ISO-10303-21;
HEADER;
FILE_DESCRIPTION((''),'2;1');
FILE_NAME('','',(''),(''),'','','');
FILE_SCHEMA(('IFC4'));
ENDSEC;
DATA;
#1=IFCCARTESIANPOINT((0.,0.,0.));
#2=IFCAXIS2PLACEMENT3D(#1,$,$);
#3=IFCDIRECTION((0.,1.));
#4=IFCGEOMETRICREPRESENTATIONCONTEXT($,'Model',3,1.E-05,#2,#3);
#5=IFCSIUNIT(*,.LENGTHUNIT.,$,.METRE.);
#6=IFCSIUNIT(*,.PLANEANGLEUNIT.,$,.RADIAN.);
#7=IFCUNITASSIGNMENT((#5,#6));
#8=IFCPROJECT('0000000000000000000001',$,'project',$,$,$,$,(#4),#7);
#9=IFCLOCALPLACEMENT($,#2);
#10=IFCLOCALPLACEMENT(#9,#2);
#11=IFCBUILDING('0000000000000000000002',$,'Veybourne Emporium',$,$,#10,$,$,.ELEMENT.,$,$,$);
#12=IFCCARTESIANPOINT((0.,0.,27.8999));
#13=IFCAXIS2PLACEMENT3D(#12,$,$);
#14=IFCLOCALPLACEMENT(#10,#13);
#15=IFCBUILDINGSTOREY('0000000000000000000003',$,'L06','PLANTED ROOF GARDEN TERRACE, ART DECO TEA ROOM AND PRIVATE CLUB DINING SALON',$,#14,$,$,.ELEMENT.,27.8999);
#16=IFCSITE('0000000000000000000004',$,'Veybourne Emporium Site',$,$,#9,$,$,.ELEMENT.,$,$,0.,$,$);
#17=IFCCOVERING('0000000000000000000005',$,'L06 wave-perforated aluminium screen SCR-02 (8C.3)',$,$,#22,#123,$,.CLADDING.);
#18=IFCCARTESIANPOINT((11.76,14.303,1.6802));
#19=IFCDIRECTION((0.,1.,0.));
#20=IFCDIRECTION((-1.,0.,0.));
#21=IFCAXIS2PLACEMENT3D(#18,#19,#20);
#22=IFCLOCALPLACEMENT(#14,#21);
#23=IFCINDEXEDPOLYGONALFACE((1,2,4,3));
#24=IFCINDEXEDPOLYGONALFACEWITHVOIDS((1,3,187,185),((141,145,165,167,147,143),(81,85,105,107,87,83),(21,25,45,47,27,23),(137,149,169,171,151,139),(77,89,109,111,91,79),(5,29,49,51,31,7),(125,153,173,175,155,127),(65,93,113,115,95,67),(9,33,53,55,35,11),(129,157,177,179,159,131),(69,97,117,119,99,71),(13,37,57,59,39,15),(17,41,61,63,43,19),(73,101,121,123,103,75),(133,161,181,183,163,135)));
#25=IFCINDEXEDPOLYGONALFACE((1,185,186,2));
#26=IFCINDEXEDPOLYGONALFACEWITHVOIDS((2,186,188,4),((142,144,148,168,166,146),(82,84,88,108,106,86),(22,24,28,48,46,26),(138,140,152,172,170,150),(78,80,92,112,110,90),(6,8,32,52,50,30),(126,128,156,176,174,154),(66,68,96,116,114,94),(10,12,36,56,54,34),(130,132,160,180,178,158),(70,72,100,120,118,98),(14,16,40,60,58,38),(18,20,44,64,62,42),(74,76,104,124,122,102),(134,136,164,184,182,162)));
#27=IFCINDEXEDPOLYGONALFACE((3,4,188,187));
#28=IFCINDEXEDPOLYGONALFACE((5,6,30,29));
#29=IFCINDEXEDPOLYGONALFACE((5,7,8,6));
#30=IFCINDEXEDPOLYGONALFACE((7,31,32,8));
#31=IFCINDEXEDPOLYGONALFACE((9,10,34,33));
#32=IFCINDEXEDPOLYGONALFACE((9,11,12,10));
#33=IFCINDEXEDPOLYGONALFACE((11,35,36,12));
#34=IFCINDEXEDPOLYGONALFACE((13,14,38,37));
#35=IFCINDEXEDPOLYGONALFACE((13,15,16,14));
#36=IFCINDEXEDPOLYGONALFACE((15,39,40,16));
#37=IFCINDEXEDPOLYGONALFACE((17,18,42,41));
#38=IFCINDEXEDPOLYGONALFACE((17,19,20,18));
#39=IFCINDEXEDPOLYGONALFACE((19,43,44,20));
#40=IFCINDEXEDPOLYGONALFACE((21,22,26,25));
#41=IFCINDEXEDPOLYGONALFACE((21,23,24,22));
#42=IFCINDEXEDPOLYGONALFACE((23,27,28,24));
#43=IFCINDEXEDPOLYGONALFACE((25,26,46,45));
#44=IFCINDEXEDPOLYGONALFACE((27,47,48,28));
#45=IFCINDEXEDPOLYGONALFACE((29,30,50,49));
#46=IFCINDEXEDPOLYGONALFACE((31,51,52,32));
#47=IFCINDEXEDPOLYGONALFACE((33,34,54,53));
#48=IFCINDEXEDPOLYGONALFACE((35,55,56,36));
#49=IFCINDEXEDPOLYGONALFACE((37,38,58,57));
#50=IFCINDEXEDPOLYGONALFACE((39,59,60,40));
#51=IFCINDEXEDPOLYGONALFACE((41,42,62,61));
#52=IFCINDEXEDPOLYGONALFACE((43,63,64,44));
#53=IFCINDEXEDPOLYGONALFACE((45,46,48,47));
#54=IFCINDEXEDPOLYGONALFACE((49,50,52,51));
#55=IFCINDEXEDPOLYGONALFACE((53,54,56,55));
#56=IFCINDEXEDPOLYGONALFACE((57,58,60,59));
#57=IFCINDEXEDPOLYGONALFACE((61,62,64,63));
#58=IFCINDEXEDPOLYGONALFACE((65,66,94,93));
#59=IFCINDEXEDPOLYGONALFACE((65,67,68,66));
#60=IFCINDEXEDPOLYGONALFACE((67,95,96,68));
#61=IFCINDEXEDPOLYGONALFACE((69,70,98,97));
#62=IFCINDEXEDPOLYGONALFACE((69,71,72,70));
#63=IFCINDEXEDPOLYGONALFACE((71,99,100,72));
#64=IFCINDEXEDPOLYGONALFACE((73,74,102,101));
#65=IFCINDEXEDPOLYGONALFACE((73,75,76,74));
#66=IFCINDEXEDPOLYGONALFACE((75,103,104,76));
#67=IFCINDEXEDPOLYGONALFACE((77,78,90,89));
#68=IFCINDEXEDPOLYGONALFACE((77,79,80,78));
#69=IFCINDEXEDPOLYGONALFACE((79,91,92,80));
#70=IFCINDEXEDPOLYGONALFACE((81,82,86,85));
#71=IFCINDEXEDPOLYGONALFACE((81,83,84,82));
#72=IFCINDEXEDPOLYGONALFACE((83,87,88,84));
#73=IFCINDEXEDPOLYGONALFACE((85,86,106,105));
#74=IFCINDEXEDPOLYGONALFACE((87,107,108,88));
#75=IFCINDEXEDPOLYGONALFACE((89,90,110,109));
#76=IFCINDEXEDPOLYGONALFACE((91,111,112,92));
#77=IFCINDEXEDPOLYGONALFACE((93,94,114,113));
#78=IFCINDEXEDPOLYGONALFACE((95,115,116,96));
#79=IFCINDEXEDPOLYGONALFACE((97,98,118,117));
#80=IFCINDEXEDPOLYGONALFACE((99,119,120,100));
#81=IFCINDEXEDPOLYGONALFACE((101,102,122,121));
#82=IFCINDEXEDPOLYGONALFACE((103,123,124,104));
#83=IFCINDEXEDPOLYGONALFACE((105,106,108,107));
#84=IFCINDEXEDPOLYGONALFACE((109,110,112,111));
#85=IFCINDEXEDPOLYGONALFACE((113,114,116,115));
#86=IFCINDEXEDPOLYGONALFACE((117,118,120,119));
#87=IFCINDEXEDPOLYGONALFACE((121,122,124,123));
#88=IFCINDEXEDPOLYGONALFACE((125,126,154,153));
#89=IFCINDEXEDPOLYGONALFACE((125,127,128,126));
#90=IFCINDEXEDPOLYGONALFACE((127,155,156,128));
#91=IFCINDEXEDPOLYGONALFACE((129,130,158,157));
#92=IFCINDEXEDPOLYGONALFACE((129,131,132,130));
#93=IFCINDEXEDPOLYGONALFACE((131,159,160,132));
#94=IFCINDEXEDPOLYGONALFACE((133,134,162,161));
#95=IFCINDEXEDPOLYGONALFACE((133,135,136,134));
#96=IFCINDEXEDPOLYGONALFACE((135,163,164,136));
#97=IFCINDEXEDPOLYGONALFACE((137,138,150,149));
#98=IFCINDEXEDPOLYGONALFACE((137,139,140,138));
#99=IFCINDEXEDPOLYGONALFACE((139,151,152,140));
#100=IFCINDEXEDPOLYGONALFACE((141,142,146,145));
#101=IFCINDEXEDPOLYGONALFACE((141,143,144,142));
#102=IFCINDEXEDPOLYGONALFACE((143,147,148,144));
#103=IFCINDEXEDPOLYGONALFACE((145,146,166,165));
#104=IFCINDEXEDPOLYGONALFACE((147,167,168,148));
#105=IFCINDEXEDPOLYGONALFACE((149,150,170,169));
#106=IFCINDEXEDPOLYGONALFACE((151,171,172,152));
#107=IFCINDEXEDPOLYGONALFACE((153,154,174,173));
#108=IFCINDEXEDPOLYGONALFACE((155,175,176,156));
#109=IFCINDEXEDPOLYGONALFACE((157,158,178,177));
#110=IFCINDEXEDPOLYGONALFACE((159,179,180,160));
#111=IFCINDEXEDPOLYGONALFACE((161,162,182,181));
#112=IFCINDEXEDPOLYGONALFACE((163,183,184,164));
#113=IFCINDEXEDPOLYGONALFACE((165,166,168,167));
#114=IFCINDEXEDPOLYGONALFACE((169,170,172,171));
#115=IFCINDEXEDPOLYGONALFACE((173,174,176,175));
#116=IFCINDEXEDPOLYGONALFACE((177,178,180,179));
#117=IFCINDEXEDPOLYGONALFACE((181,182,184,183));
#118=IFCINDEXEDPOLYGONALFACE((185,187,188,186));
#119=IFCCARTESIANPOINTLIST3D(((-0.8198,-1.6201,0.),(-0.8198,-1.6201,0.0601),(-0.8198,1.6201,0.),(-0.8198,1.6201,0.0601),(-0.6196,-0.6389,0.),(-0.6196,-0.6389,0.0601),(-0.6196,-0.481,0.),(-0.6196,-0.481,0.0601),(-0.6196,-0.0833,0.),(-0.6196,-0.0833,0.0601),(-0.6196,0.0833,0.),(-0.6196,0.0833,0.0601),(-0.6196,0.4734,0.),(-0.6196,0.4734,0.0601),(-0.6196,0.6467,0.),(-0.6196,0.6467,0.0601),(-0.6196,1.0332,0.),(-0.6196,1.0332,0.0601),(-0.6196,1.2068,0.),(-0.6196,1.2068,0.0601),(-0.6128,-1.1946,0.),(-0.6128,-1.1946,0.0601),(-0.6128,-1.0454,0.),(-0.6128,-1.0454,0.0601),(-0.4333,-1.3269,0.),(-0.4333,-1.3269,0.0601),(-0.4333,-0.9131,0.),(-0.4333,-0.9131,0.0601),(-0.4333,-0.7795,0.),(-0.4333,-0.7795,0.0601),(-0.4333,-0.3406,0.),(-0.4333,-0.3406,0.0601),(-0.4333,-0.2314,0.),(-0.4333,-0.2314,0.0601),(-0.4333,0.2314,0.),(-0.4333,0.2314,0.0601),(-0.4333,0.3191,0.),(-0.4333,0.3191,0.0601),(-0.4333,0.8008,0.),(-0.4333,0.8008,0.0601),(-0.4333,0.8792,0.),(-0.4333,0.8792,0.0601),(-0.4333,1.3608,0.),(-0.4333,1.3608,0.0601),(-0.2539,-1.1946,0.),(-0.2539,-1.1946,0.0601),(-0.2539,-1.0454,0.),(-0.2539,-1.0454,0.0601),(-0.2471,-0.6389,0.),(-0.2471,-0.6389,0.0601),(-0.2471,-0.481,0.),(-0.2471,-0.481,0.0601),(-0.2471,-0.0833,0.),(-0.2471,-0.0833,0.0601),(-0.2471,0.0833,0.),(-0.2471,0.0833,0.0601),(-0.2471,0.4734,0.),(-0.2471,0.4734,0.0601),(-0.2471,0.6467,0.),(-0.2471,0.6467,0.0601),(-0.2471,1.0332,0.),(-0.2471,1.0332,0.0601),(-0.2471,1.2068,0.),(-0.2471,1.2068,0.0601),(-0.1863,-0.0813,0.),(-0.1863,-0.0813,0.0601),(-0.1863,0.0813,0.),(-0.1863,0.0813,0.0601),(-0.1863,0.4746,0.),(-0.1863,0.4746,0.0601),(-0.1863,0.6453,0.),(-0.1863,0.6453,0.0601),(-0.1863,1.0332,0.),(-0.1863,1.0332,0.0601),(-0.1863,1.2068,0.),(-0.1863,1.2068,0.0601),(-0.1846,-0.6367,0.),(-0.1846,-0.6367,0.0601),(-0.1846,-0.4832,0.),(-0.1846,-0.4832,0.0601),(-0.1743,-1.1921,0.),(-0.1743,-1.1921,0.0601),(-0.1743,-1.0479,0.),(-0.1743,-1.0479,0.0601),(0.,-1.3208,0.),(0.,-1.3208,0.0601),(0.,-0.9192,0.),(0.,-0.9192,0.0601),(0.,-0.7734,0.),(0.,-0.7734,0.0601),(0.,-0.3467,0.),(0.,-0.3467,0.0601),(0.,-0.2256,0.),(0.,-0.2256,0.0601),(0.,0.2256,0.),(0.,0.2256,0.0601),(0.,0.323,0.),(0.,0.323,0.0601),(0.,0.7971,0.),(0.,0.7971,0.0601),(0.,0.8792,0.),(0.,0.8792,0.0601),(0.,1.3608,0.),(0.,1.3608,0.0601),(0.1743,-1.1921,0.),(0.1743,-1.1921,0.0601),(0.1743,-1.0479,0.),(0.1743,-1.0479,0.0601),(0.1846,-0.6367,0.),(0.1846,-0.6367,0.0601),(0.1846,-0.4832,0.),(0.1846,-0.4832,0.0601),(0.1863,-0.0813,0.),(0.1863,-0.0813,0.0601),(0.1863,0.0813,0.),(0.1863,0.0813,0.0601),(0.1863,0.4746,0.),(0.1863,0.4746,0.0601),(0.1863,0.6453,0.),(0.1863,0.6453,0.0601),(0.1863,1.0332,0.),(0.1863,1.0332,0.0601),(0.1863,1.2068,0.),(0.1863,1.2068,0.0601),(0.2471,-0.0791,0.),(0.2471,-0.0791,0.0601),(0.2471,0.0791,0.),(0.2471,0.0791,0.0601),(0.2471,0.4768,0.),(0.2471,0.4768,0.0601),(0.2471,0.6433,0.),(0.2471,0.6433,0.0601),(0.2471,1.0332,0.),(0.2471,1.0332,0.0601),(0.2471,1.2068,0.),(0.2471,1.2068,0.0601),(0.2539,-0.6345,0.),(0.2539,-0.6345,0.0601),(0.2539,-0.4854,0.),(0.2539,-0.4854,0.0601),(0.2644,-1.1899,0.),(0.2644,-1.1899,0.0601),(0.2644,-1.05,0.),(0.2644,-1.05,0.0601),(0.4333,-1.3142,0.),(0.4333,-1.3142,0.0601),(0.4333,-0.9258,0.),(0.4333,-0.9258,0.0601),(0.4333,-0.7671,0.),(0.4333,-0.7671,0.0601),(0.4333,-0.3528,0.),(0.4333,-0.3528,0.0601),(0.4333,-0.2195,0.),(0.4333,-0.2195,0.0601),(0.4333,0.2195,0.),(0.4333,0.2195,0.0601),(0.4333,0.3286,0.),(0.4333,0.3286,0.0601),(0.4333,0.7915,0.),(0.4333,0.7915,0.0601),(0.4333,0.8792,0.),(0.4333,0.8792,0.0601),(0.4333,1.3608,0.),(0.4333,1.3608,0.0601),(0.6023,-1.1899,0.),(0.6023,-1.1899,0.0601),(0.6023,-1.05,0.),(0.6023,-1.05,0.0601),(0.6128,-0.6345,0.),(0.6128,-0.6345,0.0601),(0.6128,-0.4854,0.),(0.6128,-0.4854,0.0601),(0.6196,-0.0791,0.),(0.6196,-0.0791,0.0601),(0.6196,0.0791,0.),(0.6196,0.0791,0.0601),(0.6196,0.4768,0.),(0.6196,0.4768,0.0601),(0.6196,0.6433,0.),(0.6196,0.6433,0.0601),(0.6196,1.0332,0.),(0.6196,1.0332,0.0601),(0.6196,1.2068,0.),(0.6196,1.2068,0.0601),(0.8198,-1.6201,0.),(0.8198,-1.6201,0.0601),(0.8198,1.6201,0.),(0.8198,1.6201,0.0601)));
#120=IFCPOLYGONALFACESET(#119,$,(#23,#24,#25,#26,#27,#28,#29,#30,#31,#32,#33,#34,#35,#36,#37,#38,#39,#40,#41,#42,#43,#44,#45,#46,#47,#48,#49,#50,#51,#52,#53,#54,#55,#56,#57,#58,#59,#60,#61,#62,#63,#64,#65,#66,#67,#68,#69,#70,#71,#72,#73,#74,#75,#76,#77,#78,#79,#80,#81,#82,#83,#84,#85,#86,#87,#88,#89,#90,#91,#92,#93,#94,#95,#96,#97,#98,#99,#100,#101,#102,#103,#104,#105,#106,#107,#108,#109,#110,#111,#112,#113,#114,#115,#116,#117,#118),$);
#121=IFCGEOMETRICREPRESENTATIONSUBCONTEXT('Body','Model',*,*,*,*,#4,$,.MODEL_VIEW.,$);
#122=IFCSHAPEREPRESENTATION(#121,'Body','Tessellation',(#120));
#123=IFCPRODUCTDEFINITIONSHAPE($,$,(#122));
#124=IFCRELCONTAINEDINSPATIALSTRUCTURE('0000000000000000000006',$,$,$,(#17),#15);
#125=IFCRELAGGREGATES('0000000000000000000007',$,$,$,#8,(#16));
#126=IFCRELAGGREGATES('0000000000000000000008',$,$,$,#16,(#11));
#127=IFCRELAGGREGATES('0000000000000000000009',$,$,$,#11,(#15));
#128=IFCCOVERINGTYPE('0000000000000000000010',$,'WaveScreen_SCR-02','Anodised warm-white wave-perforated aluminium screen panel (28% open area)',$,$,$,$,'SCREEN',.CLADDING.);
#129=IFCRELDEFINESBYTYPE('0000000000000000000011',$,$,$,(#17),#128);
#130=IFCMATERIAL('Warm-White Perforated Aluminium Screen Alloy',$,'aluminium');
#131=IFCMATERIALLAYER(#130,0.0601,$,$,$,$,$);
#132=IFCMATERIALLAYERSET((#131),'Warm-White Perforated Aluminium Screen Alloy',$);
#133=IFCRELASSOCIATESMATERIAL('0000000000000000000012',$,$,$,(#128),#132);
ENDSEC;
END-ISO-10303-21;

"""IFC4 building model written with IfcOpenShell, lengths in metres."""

from ifc_helpers import new_model, si_unit, direction, frame, origin, place, context, subcontext, project, spatial, polyline, outline, extrude, material, layer, layer_set, type_object, element, save


model = new_model("IFC4")

# Units and contexts
model_context = context("Model", 3, precision=1e-05, world=origin(), true_north=direction((0.0, 1.0)))
body_context = subcontext(model_context, "Body", "Model", "MODEL_VIEW")
ifc_project = project(units=[si_unit("LENGTHUNIT", "METRE"), si_unit("PLANEANGLEUNIT", "RADIAN")], contexts=[model_context])

# Site, building, storey
site_placement = place(None, origin())
site = spatial("IfcSite", under=ifc_project, at=site_placement, Name="Veybourne Emporium Site", CompositionType="ELEMENT", RefElevation=0.0)
building_placement = place(site_placement, origin())
building = spatial("IfcBuilding", under=site, at=building_placement, Name="Veybourne Emporium", CompositionType="ELEMENT")
storey_placement = place(building_placement, frame((0.0, 0.0, 27.8999)))
storey = spatial("IfcBuildingStorey", under=building, at=storey_placement, Name="L06", Description="PLANTED ROOF GARDEN TERRACE, ART DECO TEA ROOM AND PRIVATE CLUB DINING SALON", CompositionType="ELEMENT", Elevation=27.8999)

# Covering
ifc_material_1 = material(Name="Warm-White Perforated Aluminium Screen Alloy", Category="aluminium")
ifc_layer_1 = layer(ifc_material_1, 0.0601)
ifc_layer_set_1 = layer_set([ifc_layer_1], Name="Warm-White Perforated Aluminium Screen Alloy")
covering_type_1 = type_object("IfcCoveringType", Name="WaveScreen_SCR-02", Description="Anodised warm-white wave-perforated aluminium screen panel (28% open area)", ElementType="SCREEN", PredefinedType="CLADDING", material=ifc_layer_set_1)
covering_1_placement = place(storey_placement, frame((11.76, 14.303, 1.6802), z_axis=(0.0, 1.0, 0.0), x_axis=(-1.0, 0.0, 0.0)))
element("IfcCovering", 1, at=covering_1_placement, inside=storey, type_object=covering_type_1, Name="L06 wave-perforated aluminium screen SCR-02 (8C.3)", PredefinedType="CLADDING", context=body_context, shape_type="SweptSolid", body=[
    extrude(outline(polyline([(-0.8198, -1.6201), (0.8198, -1.6201), (0.8198, 1.6201), (-0.8198, 1.6201), (-0.8198, -1.6201)]), holes=[polyline([(-0.4333, -0.9131), (-0.2539, -1.0454), (-0.2539, -1.1946), (-0.4333, -1.3269), (-0.6128, -1.1946), (-0.6128, -1.0454), (-0.4333, -0.9131)]), polyline([(-0.4333, -0.3406), (-0.2471, -0.481), (-0.2471, -0.6389), (-0.4333, -0.7795), (-0.6196, -0.6389), (-0.6196, -0.481), (-0.4333, -0.3406)]), polyline([(-0.4333, 0.2314), (-0.2471, 0.0833), (-0.2471, -0.0833), (-0.4333, -0.2314), (-0.6196, -0.0833), (-0.6196, 0.0833), (-0.4333, 0.2314)]), polyline([(-0.4333, 0.8008), (-0.2471, 0.6467), (-0.2471, 0.4734), (-0.4333, 0.3191), (-0.6196, 0.4734), (-0.6196, 0.6467), (-0.4333, 0.8008)]), polyline([(-0.4333, 1.3608), (-0.2471, 1.2068), (-0.2471, 1.0332), (-0.4333, 0.8792), (-0.6196, 1.0332), (-0.6196, 1.2068), (-0.4333, 1.3608)]), polyline([(0.0, -0.9192), (0.1743, -1.0479), (0.1743, -1.1921), (0.0, -1.3208), (-0.1743, -1.1921), (-0.1743, -1.0479), (0.0, -0.9192)]), polyline([(0.0, -0.3467), (0.1846, -0.4832), (0.1846, -0.6367), (0.0, -0.7734), (-0.1846, -0.6367), (-0.1846, -0.4832), (0.0, -0.3467)]), polyline([(0.0, 0.2256), (0.1863, 0.0813), (0.1863, -0.0813), (0.0, -0.2256), (-0.1863, -0.0813), (-0.1863, 0.0813), (0.0, 0.2256)]), polyline([(0.0, 0.7971), (0.1863, 0.6453), (0.1863, 0.4746), (0.0, 0.323), (-0.1863, 0.4746), (-0.1863, 0.6453), (0.0, 0.7971)]), polyline([(0.0, 1.3608), (0.1863, 1.2068), (0.1863, 1.0332), (0.0, 0.8792), (-0.1863, 1.0332), (-0.1863, 1.2068), (0.0, 1.3608)]), polyline([(0.4333, -0.9258), (0.6023, -1.05), (0.6023, -1.1899), (0.4333, -1.3142), (0.2644, -1.1899), (0.2644, -1.05), (0.4333, -0.9258)]), polyline([(0.4333, -0.3528), (0.6128, -0.4854), (0.6128, -0.6345), (0.4333, -0.7671), (0.2539, -0.6345), (0.2539, -0.4854), (0.4333, -0.3528)]), polyline([(0.4333, 0.2195), (0.6196, 0.0791), (0.6196, -0.0791), (0.4333, -0.2195), (0.2471, -0.0791), (0.2471, 0.0791), (0.4333, 0.2195)]), polyline([(0.4333, 0.7915), (0.6196, 0.6433), (0.6196, 0.4768), (0.4333, 0.3286), (0.2471, 0.4768), (0.2471, 0.6433), (0.4333, 0.7915)]), polyline([(0.4333, 1.3608), (0.6196, 1.2068), (0.6196, 1.0332), (0.4333, 0.8792), (0.2471, 1.0332), (0.2471, 1.2068), (0.4333, 1.3608)])]), origin(), (0.0, 0.0, 1.0), 0.0601),
])

save(model, "model.ifc")
